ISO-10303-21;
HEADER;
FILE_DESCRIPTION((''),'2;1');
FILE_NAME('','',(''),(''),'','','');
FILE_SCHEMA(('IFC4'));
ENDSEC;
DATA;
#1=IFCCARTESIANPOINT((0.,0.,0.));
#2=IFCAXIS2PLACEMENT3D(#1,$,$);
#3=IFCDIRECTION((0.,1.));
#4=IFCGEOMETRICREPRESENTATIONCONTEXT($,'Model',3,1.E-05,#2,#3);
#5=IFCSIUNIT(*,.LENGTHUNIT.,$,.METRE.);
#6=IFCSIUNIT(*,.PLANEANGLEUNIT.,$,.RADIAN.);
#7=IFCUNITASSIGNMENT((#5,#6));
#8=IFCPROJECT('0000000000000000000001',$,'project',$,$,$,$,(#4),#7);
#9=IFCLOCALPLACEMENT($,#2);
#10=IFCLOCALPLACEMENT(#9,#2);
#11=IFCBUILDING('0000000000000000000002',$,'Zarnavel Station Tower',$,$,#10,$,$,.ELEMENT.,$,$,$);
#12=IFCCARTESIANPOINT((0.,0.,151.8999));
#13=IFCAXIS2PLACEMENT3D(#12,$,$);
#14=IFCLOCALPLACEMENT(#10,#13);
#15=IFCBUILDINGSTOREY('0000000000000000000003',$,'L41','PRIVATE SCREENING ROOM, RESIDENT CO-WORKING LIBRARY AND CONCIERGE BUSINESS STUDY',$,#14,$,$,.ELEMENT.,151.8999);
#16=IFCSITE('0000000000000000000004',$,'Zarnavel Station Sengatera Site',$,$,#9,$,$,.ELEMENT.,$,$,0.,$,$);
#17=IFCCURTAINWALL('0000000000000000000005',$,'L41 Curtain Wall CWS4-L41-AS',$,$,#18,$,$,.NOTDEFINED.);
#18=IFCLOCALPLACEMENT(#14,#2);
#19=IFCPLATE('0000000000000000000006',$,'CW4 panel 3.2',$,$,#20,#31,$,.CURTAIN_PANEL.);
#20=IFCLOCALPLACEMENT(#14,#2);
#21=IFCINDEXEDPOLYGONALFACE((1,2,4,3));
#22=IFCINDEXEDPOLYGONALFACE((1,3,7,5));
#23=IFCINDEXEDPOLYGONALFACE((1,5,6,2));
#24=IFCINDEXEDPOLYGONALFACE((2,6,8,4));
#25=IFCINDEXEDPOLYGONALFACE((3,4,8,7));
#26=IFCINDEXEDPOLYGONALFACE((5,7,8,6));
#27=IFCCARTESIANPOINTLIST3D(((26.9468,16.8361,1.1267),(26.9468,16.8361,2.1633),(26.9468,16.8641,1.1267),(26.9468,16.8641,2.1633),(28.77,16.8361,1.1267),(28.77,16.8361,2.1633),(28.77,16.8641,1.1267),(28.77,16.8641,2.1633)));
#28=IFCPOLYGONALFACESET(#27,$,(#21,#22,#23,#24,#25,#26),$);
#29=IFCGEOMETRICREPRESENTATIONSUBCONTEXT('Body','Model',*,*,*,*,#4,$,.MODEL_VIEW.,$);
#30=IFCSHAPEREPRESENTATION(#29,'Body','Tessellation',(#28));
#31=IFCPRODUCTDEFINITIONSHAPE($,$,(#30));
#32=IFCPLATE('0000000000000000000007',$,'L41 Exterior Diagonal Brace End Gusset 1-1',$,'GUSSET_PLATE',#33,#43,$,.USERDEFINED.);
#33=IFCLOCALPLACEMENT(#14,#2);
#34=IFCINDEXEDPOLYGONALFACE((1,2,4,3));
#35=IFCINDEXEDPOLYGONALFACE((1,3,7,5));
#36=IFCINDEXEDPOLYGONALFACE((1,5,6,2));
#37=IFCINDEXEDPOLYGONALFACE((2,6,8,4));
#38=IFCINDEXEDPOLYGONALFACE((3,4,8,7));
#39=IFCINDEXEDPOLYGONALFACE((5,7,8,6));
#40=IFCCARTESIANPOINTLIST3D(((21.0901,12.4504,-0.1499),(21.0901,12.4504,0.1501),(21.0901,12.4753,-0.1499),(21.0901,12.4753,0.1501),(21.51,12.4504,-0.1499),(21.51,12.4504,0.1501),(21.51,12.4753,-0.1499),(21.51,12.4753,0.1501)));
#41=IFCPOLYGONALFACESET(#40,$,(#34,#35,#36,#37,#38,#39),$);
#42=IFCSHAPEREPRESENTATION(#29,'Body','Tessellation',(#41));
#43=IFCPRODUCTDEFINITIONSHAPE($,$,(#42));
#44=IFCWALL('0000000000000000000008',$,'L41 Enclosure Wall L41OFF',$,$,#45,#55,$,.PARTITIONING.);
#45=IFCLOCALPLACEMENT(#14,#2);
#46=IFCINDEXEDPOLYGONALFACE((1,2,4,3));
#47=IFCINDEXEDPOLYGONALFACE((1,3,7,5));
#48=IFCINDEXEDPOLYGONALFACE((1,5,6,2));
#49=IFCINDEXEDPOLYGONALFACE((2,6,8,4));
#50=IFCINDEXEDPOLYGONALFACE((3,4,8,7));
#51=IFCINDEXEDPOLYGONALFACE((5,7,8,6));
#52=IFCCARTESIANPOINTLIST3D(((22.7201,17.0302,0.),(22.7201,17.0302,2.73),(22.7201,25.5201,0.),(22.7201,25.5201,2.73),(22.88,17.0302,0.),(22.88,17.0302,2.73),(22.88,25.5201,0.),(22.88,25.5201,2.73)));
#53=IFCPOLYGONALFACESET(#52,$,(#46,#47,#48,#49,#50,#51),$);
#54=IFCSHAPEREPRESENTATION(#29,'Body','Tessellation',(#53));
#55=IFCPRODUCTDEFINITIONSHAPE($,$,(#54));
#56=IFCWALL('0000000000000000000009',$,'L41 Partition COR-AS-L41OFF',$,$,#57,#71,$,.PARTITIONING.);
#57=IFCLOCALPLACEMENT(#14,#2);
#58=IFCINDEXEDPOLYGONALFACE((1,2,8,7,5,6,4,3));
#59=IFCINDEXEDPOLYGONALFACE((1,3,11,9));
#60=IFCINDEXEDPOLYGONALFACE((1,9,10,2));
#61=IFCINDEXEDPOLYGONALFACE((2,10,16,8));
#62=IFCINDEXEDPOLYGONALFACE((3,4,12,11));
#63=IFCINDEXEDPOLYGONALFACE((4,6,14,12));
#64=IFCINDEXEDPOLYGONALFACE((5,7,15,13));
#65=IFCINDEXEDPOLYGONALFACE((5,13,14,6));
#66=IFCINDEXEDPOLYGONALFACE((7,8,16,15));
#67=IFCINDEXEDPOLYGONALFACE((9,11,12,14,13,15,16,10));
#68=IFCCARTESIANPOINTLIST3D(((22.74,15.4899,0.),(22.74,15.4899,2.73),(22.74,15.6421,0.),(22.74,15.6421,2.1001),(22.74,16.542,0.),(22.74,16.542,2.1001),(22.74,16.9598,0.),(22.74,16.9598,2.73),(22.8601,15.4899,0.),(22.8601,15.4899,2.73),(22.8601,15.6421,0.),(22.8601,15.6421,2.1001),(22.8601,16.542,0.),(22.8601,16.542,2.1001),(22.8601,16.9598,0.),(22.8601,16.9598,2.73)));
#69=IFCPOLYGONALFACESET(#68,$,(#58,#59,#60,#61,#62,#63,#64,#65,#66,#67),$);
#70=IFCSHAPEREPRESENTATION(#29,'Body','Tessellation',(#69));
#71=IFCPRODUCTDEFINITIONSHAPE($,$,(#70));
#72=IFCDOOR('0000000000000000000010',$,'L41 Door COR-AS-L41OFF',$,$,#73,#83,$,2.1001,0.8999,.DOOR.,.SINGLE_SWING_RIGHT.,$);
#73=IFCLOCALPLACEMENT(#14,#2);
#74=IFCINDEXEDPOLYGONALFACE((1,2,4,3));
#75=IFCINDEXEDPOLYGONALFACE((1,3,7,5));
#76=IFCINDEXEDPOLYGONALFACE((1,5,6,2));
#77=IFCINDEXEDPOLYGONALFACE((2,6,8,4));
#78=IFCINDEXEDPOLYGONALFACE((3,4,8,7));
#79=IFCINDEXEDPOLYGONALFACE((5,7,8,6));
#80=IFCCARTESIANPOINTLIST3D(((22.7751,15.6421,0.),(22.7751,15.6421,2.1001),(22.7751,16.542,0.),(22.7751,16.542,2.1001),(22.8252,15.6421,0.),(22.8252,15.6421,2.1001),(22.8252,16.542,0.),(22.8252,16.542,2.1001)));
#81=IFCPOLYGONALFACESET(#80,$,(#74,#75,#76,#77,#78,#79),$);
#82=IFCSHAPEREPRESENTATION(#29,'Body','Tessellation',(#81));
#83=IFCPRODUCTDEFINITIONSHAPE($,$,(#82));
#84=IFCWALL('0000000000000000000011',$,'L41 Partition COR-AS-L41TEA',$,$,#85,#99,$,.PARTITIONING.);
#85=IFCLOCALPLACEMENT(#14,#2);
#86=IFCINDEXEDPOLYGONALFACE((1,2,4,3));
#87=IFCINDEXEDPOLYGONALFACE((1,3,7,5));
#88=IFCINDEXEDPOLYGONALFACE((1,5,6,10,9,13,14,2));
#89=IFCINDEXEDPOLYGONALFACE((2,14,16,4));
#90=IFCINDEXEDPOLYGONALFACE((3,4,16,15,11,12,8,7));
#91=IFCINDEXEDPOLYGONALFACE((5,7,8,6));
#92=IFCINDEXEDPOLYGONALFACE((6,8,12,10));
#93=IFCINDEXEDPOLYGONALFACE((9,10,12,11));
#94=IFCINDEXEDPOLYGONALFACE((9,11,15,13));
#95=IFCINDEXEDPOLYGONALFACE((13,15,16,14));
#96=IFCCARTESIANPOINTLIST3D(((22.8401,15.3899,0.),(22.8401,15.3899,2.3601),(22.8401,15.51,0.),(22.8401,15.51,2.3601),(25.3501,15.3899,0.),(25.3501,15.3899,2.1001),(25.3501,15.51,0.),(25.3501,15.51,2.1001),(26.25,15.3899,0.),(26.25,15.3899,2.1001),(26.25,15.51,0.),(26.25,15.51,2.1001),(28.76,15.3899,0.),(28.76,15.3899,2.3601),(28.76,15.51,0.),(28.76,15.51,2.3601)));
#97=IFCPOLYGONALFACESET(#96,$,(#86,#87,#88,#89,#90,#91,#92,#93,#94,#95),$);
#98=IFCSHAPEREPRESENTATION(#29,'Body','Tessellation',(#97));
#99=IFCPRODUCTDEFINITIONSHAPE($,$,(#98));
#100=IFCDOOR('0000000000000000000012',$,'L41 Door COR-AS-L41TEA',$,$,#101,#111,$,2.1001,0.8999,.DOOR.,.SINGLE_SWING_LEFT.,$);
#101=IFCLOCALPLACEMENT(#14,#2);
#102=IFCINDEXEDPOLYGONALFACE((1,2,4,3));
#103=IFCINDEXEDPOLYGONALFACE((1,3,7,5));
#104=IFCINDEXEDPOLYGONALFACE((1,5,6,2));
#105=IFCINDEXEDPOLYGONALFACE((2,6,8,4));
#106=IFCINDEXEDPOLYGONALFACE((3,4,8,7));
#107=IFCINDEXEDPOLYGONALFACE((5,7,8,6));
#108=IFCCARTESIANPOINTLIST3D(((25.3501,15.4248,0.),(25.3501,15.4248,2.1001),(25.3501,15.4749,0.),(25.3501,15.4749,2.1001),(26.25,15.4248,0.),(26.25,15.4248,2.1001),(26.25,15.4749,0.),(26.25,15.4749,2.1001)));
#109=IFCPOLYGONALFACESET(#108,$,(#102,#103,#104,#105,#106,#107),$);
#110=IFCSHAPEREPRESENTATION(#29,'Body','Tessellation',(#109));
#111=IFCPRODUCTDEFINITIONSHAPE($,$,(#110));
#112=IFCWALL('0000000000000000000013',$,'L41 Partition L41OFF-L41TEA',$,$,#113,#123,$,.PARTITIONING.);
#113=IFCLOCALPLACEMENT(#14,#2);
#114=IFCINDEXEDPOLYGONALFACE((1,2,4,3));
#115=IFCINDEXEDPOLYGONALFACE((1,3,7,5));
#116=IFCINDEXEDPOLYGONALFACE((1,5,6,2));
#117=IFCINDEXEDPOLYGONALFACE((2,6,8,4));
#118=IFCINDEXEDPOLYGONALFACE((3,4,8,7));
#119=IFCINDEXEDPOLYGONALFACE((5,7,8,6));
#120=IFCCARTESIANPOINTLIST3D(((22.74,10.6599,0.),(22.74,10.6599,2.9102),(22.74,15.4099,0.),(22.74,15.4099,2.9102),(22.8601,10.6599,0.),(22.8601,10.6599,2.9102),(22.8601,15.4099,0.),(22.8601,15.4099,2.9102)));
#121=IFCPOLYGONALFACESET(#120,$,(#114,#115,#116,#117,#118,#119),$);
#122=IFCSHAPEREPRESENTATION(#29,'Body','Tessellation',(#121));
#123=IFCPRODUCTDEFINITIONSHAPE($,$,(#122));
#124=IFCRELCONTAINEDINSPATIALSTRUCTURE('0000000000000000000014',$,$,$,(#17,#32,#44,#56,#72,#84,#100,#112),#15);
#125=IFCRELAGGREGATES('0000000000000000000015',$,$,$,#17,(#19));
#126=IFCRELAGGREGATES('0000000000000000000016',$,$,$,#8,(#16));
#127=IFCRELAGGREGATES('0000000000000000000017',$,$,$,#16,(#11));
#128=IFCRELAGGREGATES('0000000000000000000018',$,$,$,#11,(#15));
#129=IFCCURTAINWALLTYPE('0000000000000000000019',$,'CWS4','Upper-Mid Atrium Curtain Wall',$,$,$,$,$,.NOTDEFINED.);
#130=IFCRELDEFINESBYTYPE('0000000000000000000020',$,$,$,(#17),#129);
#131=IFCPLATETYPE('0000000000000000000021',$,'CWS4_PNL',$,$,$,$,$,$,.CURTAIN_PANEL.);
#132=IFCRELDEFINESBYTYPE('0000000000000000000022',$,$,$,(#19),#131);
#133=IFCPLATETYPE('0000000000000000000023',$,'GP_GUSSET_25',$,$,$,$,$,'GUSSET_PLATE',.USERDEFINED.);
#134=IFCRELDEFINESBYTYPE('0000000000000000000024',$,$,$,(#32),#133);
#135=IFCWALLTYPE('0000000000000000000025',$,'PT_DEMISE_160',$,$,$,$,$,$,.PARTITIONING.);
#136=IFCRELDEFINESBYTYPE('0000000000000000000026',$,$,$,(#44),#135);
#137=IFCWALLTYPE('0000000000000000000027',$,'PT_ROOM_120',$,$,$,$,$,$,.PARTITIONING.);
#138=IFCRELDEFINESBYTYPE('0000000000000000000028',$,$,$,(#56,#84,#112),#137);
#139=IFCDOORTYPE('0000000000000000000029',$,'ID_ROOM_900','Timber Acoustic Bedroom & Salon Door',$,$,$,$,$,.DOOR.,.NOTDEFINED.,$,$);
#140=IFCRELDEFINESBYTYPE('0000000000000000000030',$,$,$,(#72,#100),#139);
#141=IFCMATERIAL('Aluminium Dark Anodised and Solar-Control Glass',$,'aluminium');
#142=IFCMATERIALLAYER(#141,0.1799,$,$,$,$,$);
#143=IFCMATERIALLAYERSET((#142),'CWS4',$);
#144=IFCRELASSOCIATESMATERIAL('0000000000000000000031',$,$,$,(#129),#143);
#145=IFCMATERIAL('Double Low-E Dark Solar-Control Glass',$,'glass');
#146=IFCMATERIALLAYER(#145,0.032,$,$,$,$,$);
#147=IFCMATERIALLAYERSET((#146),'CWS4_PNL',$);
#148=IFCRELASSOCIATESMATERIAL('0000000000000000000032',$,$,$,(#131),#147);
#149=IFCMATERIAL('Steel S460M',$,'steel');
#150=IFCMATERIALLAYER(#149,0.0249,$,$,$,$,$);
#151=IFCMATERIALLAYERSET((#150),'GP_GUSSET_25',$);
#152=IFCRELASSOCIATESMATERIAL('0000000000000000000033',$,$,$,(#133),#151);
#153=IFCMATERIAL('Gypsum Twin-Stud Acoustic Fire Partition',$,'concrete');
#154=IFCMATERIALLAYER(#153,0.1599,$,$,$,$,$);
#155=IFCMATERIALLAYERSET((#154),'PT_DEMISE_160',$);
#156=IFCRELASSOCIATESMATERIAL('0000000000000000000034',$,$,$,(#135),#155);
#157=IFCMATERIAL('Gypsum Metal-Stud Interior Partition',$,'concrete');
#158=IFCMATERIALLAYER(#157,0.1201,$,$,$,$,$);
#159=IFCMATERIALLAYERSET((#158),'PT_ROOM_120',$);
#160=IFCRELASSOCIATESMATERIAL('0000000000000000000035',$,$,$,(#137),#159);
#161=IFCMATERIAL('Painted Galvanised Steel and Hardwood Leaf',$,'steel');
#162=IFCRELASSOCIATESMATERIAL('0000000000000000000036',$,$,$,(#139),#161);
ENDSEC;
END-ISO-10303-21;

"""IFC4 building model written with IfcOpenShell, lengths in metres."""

from ifc_helpers import new_model, si_unit, direction, frame, frame_2d, origin, origin_2d, place, context, subcontext, project, spatial, rectangle, extrude, material, layer, layer_set, type_object, element, fill, aggregate, save


model = new_model("IFC4")

# Units and contexts
model_context = context("Model", 3, precision=1e-05, world=origin(), true_north=direction((0.0, 1.0)))
body_context = subcontext(model_context, "Body", "Model", "MODEL_VIEW")
ifc_project = project(units=[si_unit("LENGTHUNIT", "METRE"), si_unit("PLANEANGLEUNIT", "RADIAN")], contexts=[model_context])

# Site, building, storey
site_placement = place(None, origin())
site = spatial("IfcSite", under=ifc_project, at=site_placement, Name="Zarnavel Station Sengatera Site", CompositionType="ELEMENT", RefElevation=0.0)
building_placement = place(site_placement, origin())
building = spatial("IfcBuilding", under=site, at=building_placement, Name="Zarnavel Station Tower", CompositionType="ELEMENT")
storey_placement = place(building_placement, frame((0.0, 0.0, 151.8999)))
storey = spatial("IfcBuildingStorey", under=building, at=storey_placement, Name="L41", Description="PRIVATE SCREENING ROOM, RESIDENT CO-WORKING LIBRARY AND CONCIERGE BUSINESS STUDY", CompositionType="ELEMENT", Elevation=151.8999)

# Curtain wall
ifc_material_1 = material(Name="Aluminium Dark Anodised and Solar-Control Glass", Category="aluminium")
ifc_layer_1 = layer(ifc_material_1, 0.1799)
ifc_layer_set_1 = layer_set([ifc_layer_1], Name="CWS4")
curtain_wall_type = type_object("IfcCurtainWallType", Name="CWS4", Description="Upper-Mid Atrium Curtain Wall", PredefinedType="NOTDEFINED", material=ifc_layer_set_1)
curtain_wall_placement = place(storey_placement, origin())
curtain_wall = element("IfcCurtainWall", 1, at=curtain_wall_placement, inside=storey, type_object=curtain_wall_type, Name="L41 Curtain Wall CWS4-L41-AS", PredefinedType="NOTDEFINED")

# Plates
ifc_material_2 = material(Name="Double Low-E Dark Solar-Control Glass", Category="glass")
ifc_layer_2 = layer(ifc_material_2, 0.032)
ifc_layer_set_2 = layer_set([ifc_layer_2], Name="CWS4_PNL")
plate_type_1 = type_object("IfcPlateType", Name="CWS4_PNL", PredefinedType="CURTAIN_PANEL", material=ifc_layer_set_2)
plate_1_placement = place(storey_placement, frame((27.8584, 16.8501, 1.1267), z_axis=(0.0, 0.0, 1.0), x_axis=(1.0, 0.0, 0.0)))
plate_1 = element("IfcPlate", 2, at=plate_1_placement, type_object=plate_type_1, Name="CW4 panel 3.2", PredefinedType="CURTAIN_PANEL", context=body_context, shape_type="SweptSolid", body=[
    extrude(rectangle(XDim=1.8232, YDim=0.0281, at=origin_2d()), origin(), (0.0, 0.0, 1.0), 1.0366),
])
aggregate(curtain_wall, [plate_1])
ifc_material_3 = material(Name="Steel S460M", Category="steel")
ifc_layer_3 = layer(ifc_material_3, 0.0249)
ifc_layer_set_3 = layer_set([ifc_layer_3], Name="GP_GUSSET_25")
plate_type_2 = type_object("IfcPlateType", Name="GP_GUSSET_25", ElementType="GUSSET_PLATE", PredefinedType="USERDEFINED", material=ifc_layer_set_3)
plate_2_placement = place(storey_placement, frame((21.3, 12.4629, -0.1499), z_axis=(0.0, 0.0, 1.0), x_axis=(1.0, 0.0, 0.0)))
element("IfcPlate", 3, at=plate_2_placement, inside=storey, type_object=plate_type_2, Name="L41 Exterior Diagonal Brace End Gusset 1-1", ObjectType="GUSSET_PLATE", PredefinedType="USERDEFINED", context=body_context, shape_type="SweptSolid", body=[
    extrude(rectangle(XDim=0.4199, YDim=0.0249, at=origin_2d()), origin(), (0.0, 0.0, 1.0), 0.3),
])

# Wall
ifc_material_4 = material(Name="Gypsum Twin-Stud Acoustic Fire Partition", Category="concrete")
ifc_layer_4 = layer(ifc_material_4, 0.1599)
ifc_layer_set_4 = layer_set([ifc_layer_4], Name="PT_DEMISE_160")
wall_type_1 = type_object("IfcWallType", Name="PT_DEMISE_160", PredefinedType="PARTITIONING", material=ifc_layer_set_4)
wall_1_placement = place(storey_placement, frame((22.8, 17.03, 0.0), z_axis=(0.0, 0.0, 1.0), x_axis=(0.0, 1.0, 0.0)))
element("IfcWall", 4, at=wall_1_placement, inside=storey, type_object=wall_type_1, Name="L41 Enclosure Wall L41OFF", PredefinedType="PARTITIONING", context=body_context, shape_type="SweptSolid", body=[
    extrude(rectangle(XDim=8.49, YDim=0.1599, at=frame_2d((4.2451, 0.0))), origin(), (0.0, 0.0, 1.0), 2.73),
])

# Walls, openings, doors
ifc_material_5 = material(Name="Gypsum Metal-Stud Interior Partition", Category="concrete")
ifc_layer_5 = layer(ifc_material_5, 0.1201)
ifc_layer_set_5 = layer_set([ifc_layer_5], Name="PT_ROOM_120")
wall_type_2 = type_object("IfcWallType", Name="PT_ROOM_120", PredefinedType="PARTITIONING", material=ifc_layer_set_5)
wall_2_placement = place(storey_placement, frame((22.8, 15.49, 0.0), z_axis=(0.0, 0.0, 1.0), x_axis=(0.0, 1.0, 0.0)))
wall_2 = element("IfcWall", 5, at=wall_2_placement, inside=storey, type_object=wall_type_2, Name="L41 Partition COR-AS-L41OFF", PredefinedType="PARTITIONING", context=body_context, shape_type="SweptSolid", body=[
    extrude(rectangle(XDim=1.47, YDim=0.1201, at=frame_2d((0.7349, 0.0))), origin(), (0.0, 0.0, 1.0), 2.73),
])
opening_1_placement = place(wall_2_placement, frame((0.1521, 0.0, 0.0)))
opening_1 = element("IfcOpeningElement", 6, at=opening_1_placement, cuts=wall_2, PredefinedType="OPENING", context=body_context, shape_type="SweptSolid", body=[
    extrude(rectangle(XDim=0.8999, YDim=2.1001, at=frame_2d((0.45, 1.05))), frame((0.0, 0.0701, 0.0), z_axis=(0.0, -1.0, 0.0), x_axis=(1.0, 0.0, 0.0)), (0.0, 0.0, 1.0), 0.1401),
])
ifc_material_6 = material(Name="Painted Galvanised Steel and Hardwood Leaf", Category="steel")
door_type = type_object("IfcDoorType", Name="ID_ROOM_900", Description="Timber Acoustic Bedroom & Salon Door", OperationType="NOTDEFINED", PredefinedType="DOOR", material=ifc_material_6)
door_1_placement = place(opening_1_placement, origin())
door_1 = element("IfcDoor", 7, at=door_1_placement, inside=storey, type_object=door_type, Name="L41 Door COR-AS-L41OFF", OperationType="SINGLE_SWING_RIGHT", OverallHeight=2.1001, OverallWidth=0.8999, PredefinedType="DOOR", context=body_context, shape_type="SweptSolid", body=[
    extrude(rectangle(XDim=0.8999, YDim=2.1001, at=frame_2d((0.45, 1.05))), frame((0.0, 0.0249, 0.0), z_axis=(0.0, -1.0, 0.0), x_axis=(1.0, 0.0, 0.0)), (0.0, 0.0, 1.0), 0.05),
])
fill(opening_1, door_1)
wall_3_placement = place(storey_placement, frame((22.8401, 15.45, 0.0), z_axis=(0.0, 0.0, 1.0), x_axis=(1.0, 0.0, 0.0)))
wall_3 = element("IfcWall", 8, at=wall_3_placement, inside=storey, type_object=wall_type_2, Name="L41 Partition COR-AS-L41TEA", PredefinedType="PARTITIONING", context=body_context, shape_type="SweptSolid", body=[
    extrude(rectangle(XDim=5.9199, YDim=0.1201, at=frame_2d((2.96, 0.0))), origin(), (0.0, 0.0, 1.0), 2.3601),
])
opening_2_placement = place(wall_3_placement, frame((2.51, 0.0, 0.0)))
opening_2 = element("IfcOpeningElement", 9, at=opening_2_placement, cuts=wall_3, PredefinedType="OPENING", context=body_context, shape_type="SweptSolid", body=[
    extrude(rectangle(XDim=0.8999, YDim=2.1001, at=frame_2d((0.45, 1.05))), frame((0.0, 0.0701, 0.0), z_axis=(0.0, -1.0, 0.0), x_axis=(1.0, 0.0, 0.0)), (0.0, 0.0, 1.0), 0.1401),
])
door_2_placement = place(opening_2_placement, origin())
door_2 = element("IfcDoor", 10, at=door_2_placement, inside=storey, type_object=door_type, Name="L41 Door COR-AS-L41TEA", OperationType="SINGLE_SWING_LEFT", OverallHeight=2.1001, OverallWidth=0.8999, PredefinedType="DOOR", context=body_context, shape_type="SweptSolid", body=[
    extrude(rectangle(XDim=0.8999, YDim=2.1001, at=frame_2d((0.45, 1.05))), frame((0.0, 0.0249, 0.0), z_axis=(0.0, -1.0, 0.0), x_axis=(1.0, 0.0, 0.0)), (0.0, 0.0, 1.0), 0.05),
])
fill(opening_2, door_2)

# Wall
wall_4_placement = place(storey_placement, frame((22.8, 10.6599, 0.0), z_axis=(0.0, 0.0, 1.0), x_axis=(0.0, 1.0, 0.0)))
element("IfcWall", 11, at=wall_4_placement, inside=storey, type_object=wall_type_2, Name="L41 Partition L41OFF-L41TEA", PredefinedType="PARTITIONING", context=body_context, shape_type="SweptSolid", body=[
    extrude(rectangle(XDim=4.75, YDim=0.1201, at=frame_2d((2.375, 0.0))), origin(), (0.0, 0.0, 1.0), 2.9102),
])

save(model, "model.ifc")
